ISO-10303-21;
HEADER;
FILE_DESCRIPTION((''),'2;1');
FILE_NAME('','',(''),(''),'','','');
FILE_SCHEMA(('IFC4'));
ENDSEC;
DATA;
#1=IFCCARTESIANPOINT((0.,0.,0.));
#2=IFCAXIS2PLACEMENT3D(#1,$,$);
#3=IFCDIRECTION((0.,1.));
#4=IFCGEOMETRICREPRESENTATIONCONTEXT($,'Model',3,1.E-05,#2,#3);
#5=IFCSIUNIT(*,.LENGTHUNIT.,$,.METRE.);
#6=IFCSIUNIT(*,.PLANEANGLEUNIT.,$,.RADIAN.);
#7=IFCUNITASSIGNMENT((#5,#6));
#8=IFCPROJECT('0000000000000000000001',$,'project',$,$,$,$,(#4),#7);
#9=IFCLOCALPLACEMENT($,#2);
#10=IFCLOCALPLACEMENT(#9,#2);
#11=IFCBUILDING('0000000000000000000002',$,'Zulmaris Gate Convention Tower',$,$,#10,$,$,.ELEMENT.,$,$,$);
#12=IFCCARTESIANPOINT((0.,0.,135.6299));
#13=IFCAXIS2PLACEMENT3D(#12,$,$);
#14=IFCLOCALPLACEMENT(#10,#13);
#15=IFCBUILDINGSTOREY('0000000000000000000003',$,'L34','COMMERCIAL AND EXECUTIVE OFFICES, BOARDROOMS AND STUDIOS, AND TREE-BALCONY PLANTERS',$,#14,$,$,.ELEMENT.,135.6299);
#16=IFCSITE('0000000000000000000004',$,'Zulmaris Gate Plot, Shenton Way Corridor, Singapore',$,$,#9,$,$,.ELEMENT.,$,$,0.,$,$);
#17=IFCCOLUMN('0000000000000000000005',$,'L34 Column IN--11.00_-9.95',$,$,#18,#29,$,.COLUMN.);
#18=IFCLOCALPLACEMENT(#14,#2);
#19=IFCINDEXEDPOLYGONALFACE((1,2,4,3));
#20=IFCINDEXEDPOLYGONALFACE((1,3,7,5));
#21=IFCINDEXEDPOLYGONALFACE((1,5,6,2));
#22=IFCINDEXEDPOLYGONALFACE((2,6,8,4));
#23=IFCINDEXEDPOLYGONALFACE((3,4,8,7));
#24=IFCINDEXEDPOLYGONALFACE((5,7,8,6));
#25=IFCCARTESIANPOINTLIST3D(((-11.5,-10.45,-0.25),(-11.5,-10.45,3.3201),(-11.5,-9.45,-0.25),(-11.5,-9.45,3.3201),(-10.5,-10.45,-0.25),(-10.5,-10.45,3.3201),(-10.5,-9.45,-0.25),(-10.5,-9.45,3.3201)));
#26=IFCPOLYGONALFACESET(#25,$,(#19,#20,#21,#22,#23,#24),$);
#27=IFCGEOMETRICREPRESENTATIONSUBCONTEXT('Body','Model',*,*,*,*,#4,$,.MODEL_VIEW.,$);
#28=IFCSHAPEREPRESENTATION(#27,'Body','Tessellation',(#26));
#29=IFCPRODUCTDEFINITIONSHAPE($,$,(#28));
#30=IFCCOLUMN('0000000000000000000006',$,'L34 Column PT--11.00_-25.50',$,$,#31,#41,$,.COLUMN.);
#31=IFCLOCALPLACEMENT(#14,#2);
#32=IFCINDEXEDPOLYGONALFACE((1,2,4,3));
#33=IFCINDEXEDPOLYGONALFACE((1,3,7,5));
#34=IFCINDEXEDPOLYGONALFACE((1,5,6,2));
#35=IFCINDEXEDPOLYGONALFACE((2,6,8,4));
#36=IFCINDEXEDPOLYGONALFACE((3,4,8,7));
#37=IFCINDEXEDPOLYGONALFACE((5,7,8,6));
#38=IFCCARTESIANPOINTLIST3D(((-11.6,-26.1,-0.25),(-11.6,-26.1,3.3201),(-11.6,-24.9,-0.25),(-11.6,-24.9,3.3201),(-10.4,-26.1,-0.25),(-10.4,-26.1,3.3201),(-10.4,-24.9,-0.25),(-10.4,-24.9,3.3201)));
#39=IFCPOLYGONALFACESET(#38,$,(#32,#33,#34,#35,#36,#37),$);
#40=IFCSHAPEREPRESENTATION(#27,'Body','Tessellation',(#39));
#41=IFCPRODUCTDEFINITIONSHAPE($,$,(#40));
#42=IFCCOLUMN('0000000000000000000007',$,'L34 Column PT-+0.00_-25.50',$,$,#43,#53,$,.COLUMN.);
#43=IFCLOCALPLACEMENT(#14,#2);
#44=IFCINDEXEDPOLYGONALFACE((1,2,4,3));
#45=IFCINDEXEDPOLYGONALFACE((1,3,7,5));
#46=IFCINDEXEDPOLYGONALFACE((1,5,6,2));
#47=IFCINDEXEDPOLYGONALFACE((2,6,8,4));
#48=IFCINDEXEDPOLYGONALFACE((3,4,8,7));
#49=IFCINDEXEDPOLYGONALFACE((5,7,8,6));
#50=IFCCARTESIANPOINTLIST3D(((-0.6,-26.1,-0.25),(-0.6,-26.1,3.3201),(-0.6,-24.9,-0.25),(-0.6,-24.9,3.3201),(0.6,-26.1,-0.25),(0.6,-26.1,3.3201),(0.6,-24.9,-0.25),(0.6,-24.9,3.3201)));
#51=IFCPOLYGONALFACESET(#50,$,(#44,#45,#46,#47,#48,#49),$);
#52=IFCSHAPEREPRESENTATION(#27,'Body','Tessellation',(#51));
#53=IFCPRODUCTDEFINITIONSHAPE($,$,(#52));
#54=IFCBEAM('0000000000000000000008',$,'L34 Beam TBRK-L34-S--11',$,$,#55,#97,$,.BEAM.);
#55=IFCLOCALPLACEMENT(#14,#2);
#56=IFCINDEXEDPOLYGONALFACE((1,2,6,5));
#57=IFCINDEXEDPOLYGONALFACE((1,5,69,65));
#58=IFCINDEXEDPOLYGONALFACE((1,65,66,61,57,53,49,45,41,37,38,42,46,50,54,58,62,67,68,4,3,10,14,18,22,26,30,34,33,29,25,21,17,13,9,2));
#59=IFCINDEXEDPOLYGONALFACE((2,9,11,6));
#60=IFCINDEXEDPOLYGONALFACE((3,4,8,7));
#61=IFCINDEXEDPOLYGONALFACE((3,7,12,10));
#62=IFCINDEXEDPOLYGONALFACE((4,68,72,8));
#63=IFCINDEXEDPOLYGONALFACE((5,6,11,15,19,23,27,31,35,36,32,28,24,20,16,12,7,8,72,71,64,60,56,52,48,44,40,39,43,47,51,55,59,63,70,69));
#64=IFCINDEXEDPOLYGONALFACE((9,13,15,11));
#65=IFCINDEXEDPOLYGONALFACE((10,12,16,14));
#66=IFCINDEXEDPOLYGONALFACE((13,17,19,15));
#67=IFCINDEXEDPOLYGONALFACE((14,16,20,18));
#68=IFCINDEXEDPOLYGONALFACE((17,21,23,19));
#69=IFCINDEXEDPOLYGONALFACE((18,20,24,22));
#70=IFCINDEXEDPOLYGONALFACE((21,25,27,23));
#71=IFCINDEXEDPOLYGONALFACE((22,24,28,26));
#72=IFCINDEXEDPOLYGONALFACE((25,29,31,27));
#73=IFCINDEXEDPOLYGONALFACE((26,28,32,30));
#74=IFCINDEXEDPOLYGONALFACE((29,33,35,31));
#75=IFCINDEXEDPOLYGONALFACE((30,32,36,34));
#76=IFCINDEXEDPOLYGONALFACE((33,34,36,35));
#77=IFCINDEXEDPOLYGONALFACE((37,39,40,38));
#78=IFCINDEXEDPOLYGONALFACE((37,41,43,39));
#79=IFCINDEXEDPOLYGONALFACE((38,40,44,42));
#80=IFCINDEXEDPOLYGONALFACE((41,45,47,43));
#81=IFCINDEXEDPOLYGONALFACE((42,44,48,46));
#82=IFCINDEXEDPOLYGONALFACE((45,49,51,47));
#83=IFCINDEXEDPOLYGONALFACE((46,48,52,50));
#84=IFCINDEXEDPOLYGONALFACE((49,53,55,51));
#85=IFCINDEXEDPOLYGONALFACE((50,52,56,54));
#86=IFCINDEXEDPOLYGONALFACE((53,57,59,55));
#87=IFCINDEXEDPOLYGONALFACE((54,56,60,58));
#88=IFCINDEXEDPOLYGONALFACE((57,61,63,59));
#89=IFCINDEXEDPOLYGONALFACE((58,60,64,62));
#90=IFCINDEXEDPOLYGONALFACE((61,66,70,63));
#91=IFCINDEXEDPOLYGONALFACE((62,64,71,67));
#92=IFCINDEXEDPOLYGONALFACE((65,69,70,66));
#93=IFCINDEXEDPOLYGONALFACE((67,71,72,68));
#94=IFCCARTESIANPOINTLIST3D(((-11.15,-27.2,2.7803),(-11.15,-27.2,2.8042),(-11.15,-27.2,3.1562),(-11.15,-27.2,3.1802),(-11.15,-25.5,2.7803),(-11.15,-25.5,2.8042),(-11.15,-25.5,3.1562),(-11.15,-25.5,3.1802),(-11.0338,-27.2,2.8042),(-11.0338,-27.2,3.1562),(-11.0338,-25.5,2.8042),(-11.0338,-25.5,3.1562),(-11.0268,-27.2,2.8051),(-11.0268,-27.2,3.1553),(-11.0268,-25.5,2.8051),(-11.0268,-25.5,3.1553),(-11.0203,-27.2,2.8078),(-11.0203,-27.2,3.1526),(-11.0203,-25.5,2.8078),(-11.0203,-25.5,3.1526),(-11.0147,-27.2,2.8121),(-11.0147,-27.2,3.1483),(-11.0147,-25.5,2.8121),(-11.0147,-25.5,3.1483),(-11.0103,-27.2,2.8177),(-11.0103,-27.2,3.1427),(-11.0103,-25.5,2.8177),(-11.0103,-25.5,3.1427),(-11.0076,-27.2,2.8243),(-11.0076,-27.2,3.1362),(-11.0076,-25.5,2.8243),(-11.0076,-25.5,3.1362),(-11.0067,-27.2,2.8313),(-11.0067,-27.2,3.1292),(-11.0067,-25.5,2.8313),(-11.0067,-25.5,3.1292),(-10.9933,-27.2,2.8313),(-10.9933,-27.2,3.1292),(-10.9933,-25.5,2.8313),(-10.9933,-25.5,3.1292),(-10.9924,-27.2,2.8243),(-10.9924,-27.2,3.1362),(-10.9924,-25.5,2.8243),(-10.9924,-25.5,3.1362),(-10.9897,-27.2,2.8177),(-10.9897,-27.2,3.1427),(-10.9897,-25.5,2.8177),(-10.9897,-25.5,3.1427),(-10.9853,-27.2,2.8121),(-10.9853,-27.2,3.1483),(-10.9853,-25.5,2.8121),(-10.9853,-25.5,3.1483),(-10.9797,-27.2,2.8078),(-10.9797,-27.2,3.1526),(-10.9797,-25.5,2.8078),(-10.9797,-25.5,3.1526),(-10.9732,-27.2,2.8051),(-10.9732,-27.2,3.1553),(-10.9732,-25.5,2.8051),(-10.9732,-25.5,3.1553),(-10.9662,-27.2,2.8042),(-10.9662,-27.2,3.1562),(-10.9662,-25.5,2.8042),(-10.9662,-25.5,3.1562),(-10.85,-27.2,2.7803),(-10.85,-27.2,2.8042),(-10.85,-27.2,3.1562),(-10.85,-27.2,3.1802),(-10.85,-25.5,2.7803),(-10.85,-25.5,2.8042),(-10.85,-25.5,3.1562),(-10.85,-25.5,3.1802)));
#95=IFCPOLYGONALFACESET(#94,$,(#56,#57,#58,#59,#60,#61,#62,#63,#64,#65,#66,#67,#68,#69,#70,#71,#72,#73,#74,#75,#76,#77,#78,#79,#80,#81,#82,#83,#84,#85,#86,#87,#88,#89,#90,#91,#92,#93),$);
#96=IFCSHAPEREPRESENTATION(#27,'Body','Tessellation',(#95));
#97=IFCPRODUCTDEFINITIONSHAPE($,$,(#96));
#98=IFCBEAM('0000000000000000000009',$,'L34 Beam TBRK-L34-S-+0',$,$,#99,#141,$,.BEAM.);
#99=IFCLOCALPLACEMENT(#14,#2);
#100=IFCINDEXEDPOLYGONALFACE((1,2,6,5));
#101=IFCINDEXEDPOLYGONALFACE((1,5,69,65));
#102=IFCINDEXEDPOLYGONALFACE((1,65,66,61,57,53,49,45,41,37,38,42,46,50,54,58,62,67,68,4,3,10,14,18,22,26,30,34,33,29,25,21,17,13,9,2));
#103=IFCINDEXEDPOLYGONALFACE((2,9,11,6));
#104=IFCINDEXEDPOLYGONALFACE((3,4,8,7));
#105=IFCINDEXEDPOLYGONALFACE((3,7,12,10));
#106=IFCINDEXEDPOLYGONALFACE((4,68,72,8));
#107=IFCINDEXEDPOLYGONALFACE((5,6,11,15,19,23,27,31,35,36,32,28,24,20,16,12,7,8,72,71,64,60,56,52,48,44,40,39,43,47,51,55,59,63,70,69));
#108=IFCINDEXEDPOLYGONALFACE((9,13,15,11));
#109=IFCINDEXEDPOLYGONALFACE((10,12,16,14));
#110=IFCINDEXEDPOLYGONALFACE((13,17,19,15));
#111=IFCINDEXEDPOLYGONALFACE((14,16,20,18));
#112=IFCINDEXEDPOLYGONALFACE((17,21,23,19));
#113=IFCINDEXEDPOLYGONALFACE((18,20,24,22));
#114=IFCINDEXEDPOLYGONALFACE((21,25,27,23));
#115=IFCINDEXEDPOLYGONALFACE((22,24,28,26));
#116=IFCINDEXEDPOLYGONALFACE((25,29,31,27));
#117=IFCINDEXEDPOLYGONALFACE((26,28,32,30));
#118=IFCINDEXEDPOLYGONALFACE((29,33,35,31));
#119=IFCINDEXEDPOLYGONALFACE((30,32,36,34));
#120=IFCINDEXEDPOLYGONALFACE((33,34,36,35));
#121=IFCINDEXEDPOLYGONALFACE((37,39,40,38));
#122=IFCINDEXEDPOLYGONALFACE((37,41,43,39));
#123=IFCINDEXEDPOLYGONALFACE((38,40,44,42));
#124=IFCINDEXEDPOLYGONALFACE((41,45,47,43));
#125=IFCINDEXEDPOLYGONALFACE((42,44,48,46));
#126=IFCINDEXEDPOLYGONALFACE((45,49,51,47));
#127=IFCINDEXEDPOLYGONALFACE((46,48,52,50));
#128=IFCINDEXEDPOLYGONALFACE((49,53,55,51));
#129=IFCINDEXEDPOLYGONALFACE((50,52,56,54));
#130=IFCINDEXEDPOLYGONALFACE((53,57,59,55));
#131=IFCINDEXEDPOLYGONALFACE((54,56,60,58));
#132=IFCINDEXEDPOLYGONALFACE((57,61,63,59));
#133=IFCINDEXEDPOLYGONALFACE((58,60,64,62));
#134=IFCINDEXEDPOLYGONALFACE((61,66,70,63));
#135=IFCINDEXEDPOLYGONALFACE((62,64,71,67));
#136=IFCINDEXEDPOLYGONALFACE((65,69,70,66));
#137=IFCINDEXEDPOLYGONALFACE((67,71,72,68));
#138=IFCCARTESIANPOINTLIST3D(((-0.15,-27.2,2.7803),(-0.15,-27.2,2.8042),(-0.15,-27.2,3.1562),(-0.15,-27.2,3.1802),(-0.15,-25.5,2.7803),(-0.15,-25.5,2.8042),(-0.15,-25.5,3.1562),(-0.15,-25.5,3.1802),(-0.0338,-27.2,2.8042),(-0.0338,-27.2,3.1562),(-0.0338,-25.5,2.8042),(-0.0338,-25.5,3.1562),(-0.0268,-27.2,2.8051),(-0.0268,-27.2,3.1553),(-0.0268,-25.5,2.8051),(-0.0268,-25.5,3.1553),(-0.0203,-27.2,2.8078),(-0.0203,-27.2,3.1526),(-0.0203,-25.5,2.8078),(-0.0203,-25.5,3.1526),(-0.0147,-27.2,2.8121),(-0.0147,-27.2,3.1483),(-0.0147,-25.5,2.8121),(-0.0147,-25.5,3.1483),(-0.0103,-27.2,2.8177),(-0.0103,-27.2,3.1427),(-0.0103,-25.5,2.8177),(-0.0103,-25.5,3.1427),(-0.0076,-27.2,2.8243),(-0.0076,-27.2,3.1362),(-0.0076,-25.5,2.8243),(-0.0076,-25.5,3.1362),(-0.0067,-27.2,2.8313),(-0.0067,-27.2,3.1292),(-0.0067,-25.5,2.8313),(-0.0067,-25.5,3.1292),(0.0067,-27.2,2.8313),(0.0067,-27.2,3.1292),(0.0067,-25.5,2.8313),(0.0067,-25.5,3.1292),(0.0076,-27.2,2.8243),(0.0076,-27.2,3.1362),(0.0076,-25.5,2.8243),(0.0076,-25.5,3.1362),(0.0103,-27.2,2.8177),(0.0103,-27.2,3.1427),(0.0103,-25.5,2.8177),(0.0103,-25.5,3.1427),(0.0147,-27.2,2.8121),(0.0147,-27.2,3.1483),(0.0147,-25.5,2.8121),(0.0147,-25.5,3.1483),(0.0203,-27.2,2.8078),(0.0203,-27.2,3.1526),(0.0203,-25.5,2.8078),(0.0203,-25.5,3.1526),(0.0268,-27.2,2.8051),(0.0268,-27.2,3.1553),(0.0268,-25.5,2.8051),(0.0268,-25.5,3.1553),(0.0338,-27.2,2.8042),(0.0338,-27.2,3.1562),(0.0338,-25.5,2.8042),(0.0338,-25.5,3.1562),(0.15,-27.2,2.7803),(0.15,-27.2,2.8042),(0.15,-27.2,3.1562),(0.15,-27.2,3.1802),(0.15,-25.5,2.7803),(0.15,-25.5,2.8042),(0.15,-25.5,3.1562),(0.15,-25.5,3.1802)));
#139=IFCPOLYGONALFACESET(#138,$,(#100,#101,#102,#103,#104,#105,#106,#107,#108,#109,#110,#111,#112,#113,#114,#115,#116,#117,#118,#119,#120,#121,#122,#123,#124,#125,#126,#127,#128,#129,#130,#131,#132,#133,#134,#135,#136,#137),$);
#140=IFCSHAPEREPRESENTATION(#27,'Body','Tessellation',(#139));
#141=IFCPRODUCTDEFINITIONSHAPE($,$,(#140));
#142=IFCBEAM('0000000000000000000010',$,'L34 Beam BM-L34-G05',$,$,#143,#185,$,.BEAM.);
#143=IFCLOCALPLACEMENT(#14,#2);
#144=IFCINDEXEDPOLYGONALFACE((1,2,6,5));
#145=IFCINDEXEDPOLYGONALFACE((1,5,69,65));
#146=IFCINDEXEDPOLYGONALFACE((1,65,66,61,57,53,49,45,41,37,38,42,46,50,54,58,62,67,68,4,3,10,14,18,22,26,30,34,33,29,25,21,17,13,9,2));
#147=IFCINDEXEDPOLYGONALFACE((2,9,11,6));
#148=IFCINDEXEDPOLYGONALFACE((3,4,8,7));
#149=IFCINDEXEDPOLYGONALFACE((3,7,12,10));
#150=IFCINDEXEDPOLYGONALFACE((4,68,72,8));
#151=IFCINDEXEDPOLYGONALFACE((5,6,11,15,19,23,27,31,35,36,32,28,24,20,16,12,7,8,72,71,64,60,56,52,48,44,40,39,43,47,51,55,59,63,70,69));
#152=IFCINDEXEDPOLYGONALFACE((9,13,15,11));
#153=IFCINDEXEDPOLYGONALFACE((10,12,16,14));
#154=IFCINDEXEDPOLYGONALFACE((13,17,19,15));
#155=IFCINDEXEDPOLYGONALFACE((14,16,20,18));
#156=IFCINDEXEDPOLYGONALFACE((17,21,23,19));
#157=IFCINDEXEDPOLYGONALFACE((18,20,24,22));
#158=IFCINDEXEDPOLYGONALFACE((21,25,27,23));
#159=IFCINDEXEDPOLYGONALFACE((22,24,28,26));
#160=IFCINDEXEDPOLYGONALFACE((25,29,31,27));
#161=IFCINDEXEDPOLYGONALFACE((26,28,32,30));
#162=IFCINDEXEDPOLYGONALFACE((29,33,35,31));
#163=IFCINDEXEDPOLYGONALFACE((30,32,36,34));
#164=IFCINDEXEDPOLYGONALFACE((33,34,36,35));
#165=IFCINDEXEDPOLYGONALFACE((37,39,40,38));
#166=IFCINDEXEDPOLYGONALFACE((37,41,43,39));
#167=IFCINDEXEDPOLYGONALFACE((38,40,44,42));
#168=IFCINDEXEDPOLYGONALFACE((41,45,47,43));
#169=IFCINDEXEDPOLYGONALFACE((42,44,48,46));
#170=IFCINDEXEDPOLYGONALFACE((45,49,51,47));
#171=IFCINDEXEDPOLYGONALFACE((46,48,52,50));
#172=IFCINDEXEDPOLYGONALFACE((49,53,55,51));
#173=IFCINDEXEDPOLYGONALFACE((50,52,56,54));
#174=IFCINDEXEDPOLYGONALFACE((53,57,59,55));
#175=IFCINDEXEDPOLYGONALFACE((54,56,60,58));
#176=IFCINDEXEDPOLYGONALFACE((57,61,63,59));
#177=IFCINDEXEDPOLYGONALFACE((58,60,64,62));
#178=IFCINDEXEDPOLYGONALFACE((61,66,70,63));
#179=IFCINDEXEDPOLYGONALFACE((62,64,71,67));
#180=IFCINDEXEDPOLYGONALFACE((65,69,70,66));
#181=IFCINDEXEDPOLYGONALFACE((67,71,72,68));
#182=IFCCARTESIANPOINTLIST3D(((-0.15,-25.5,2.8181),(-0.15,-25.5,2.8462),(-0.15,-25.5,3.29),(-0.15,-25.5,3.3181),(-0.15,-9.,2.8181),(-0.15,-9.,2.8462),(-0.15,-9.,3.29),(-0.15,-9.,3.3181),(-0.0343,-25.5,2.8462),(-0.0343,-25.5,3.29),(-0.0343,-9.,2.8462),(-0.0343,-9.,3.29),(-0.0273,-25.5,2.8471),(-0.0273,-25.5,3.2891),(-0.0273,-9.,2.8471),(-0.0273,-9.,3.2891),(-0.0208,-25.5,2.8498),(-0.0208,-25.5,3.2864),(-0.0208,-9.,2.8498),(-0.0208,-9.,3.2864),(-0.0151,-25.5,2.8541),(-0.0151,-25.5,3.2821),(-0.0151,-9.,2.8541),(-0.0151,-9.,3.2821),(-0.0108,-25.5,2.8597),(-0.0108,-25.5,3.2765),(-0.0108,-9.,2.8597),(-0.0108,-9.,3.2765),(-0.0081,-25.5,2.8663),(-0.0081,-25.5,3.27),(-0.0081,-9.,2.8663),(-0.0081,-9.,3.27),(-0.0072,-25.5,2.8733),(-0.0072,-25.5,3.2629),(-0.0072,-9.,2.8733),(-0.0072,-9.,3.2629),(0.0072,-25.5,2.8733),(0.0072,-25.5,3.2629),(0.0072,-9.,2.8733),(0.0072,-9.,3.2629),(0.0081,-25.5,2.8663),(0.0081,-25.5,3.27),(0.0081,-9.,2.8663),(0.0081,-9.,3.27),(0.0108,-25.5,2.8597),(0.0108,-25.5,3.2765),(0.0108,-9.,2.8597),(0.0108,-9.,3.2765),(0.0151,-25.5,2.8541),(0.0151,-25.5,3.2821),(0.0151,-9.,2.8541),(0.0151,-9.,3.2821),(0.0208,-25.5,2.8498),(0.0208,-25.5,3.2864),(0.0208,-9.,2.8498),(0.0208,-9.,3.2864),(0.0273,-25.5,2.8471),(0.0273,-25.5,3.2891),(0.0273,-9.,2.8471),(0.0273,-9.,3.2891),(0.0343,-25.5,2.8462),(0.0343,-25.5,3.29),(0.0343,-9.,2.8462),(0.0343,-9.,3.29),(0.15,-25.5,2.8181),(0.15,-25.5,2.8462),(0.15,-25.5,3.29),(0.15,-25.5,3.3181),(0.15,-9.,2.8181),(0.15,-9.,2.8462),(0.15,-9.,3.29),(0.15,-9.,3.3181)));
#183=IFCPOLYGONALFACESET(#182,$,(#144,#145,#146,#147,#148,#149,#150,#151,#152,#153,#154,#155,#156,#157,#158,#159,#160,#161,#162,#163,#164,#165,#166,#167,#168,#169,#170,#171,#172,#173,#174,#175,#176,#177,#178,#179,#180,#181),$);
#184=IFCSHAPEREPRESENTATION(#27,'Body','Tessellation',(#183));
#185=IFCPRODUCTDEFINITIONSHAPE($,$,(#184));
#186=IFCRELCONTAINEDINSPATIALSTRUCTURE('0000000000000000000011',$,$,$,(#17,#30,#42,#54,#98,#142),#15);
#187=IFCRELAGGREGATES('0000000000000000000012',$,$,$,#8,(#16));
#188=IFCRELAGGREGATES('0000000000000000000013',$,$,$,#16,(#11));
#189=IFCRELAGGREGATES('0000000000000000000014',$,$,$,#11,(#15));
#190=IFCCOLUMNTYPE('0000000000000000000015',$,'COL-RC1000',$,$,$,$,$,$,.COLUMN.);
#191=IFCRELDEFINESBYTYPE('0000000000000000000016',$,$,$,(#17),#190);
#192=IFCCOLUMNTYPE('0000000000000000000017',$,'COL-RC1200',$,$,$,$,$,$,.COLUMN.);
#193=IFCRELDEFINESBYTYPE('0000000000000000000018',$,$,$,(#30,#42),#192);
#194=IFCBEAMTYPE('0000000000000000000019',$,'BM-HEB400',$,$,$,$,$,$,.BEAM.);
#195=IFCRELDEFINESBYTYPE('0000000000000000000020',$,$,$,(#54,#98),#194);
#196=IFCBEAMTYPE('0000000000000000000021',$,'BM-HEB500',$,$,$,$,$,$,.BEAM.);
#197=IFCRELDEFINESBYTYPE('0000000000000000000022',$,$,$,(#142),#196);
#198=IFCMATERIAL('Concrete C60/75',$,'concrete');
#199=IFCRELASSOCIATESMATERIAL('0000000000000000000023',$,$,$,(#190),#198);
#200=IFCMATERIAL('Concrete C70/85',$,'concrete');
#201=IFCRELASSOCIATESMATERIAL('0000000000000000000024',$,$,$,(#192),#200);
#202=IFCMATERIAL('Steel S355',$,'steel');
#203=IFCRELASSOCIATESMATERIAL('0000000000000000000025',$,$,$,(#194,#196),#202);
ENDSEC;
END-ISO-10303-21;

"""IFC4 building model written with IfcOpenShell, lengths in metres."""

from ifc_helpers import new_model, si_unit, direction, frame, origin, origin_2d, place, context, subcontext, project, spatial, rectangle, i_section, extrude, material, material_profile, profile_set, type_object, element, save


model = new_model("IFC4")

# Units and contexts
model_context = context("Model", 3, precision=1e-05, world=origin(), true_north=direction((0.0, 1.0)))
body_context = subcontext(model_context, "Body", "Model", "MODEL_VIEW")
ifc_project = project(units=[si_unit("LENGTHUNIT", "METRE"), si_unit("PLANEANGLEUNIT", "RADIAN")], contexts=[model_context])

# Site, building, storey
site_placement = place(None, origin())
site = spatial("IfcSite", under=ifc_project, at=site_placement, Name="Zulmaris Gate Plot, Shenton Way Corridor, Singapore", CompositionType="ELEMENT", RefElevation=0.0)
building_placement = place(site_placement, origin())
building = spatial("IfcBuilding", under=site, at=building_placement, Name="Zulmaris Gate Convention Tower", CompositionType="ELEMENT")
storey_placement = place(building_placement, frame((0.0, 0.0, 135.6299)))
storey = spatial("IfcBuildingStorey", under=building, at=storey_placement, Name="L34", Description="COMMERCIAL AND EXECUTIVE OFFICES, BOARDROOMS AND STUDIOS, AND TREE-BALCONY PLANTERS", CompositionType="ELEMENT", Elevation=135.6299)

# Columns
ifc_material_1 = material(Name="Concrete C60/75", Category="concrete")
ifc_material_profile_1 = material_profile(ifc_material_1, rectangle(XDim=1.0, YDim=1.0, at=origin_2d()), Name="RC COL 1000x1000")
ifc_profile_set_1 = profile_set([ifc_material_profile_1], Name="Concrete C60/75")
column_type_1 = type_object("IfcColumnType", Name="COL-RC1000", PredefinedType="COLUMN", material=ifc_profile_set_1)
column_placement = place(storey_placement, frame((-11.0, -9.95, -0.25), z_axis=(0.0, 0.0, 1.0), x_axis=(1.0, 0.0, 0.0)))
element("IfcColumn", 1, at=column_placement, inside=storey, type_object=column_type_1, Name="L34 Column IN--11.00_-9.95", PredefinedType="COLUMN", context=body_context, shape_type="SweptSolid", body=[
    extrude(rectangle(XDim=1.0, YDim=1.0, at=origin_2d()), origin(), (0.0, 0.0, 1.0), 3.5701),
])
ifc_material_2 = material(Name="Concrete C70/85", Category="concrete")
ifc_material_profile_2 = material_profile(ifc_material_2, rectangle(XDim=1.2, YDim=1.2, at=origin_2d()), Name="RC COL 1200x1200")
ifc_profile_set_2 = profile_set([ifc_material_profile_2], Name="Concrete C70/85")
column_type_2 = type_object("IfcColumnType", Name="COL-RC1200", PredefinedType="COLUMN", material=ifc_profile_set_2)
for number, where, z_axis, x_axis, name in (
    (2, (-11.0, -25.5, -0.25), (0.0, 0.0, 1.0), (1.0, 0.0, 0.0), "L34 Column PT--11.00_-25.50"),
    (3, (0.0, -25.5, -0.25), (0.0, 0.0, 1.0), (1.0, 0.0, 0.0), "L34 Column PT-+0.00_-25.50"),
):
    element("IfcColumn", number, at=place(storey_placement, frame(where, z_axis=z_axis, x_axis=x_axis)), inside=storey, type_object=column_type_2, Name=name, PredefinedType="COLUMN", context=body_context, shape_type="SweptSolid", body=[
        extrude(rectangle(XDim=1.2, YDim=1.2, at=origin_2d()), origin(), (0.0, 0.0, 1.0), 3.5701),
    ])

# Beams
ifc_material_3 = material(Name="Steel S355", Category="steel")
ifc_material_profile_3 = material_profile(ifc_material_3, i_section(OverallWidth=0.3, OverallDepth=0.3999, WebThickness=0.0134, FlangeThickness=0.0239, FilletRadius=0.0271, at=origin_2d()), Name="HEB 400")
ifc_profile_set_3 = profile_set([ifc_material_profile_3], Name="Steel S355")
beam_type_1 = type_object("IfcBeamType", Name="BM-HEB400", PredefinedType="BEAM", material=ifc_profile_set_3)
for number, where, z_axis, x_axis, name in (
    (4, (-11.0, -27.2, 2.9802), (0.0, 1.0, 0.0), (-1.0, 0.0, 0.0), "L34 Beam TBRK-L34-S--11"),
    (5, (0.0, -27.2, 2.9802), (0.0, 1.0, 0.0), (-1.0, 0.0, 0.0), "L34 Beam TBRK-L34-S-+0"),
):
    element("IfcBeam", number, at=place(storey_placement, frame(where, z_axis=z_axis, x_axis=x_axis)), inside=storey, type_object=beam_type_1, Name=name, PredefinedType="BEAM", context=body_context, shape_type="SweptSolid", body=[
        extrude(i_section(OverallWidth=0.3, OverallDepth=0.3999, WebThickness=0.0134, FlangeThickness=0.0239, FilletRadius=0.0271, at=origin_2d()), origin(), (0.0, 0.0, 1.0), 1.7),
    ])
ifc_material_profile_4 = material_profile(ifc_material_3, i_section(OverallWidth=0.3, OverallDepth=0.5, WebThickness=0.0144, FlangeThickness=0.0281, FilletRadius=0.0271, at=origin_2d()), Name="HEB 500")
ifc_profile_set_4 = profile_set([ifc_material_profile_4], Name="Steel S355")
beam_type_2 = type_object("IfcBeamType", Name="BM-HEB500", PredefinedType="BEAM", material=ifc_profile_set_4)
beam_1_placement = place(storey_placement, frame((0.0, -25.5, 3.0681), z_axis=(0.0, 1.0, 0.0), x_axis=(-1.0, 0.0, 0.0)))
element("IfcBeam", 6, at=beam_1_placement, inside=storey, type_object=beam_type_2, Name="L34 Beam BM-L34-G05", PredefinedType="BEAM", context=body_context, shape_type="SweptSolid", body=[
    extrude(i_section(OverallWidth=0.3, OverallDepth=0.5, WebThickness=0.0144, FlangeThickness=0.0281, FilletRadius=0.0271, at=origin_2d()), origin(), (0.0, 0.0, 1.0), 16.5),
])

save(model, "model.ifc")
